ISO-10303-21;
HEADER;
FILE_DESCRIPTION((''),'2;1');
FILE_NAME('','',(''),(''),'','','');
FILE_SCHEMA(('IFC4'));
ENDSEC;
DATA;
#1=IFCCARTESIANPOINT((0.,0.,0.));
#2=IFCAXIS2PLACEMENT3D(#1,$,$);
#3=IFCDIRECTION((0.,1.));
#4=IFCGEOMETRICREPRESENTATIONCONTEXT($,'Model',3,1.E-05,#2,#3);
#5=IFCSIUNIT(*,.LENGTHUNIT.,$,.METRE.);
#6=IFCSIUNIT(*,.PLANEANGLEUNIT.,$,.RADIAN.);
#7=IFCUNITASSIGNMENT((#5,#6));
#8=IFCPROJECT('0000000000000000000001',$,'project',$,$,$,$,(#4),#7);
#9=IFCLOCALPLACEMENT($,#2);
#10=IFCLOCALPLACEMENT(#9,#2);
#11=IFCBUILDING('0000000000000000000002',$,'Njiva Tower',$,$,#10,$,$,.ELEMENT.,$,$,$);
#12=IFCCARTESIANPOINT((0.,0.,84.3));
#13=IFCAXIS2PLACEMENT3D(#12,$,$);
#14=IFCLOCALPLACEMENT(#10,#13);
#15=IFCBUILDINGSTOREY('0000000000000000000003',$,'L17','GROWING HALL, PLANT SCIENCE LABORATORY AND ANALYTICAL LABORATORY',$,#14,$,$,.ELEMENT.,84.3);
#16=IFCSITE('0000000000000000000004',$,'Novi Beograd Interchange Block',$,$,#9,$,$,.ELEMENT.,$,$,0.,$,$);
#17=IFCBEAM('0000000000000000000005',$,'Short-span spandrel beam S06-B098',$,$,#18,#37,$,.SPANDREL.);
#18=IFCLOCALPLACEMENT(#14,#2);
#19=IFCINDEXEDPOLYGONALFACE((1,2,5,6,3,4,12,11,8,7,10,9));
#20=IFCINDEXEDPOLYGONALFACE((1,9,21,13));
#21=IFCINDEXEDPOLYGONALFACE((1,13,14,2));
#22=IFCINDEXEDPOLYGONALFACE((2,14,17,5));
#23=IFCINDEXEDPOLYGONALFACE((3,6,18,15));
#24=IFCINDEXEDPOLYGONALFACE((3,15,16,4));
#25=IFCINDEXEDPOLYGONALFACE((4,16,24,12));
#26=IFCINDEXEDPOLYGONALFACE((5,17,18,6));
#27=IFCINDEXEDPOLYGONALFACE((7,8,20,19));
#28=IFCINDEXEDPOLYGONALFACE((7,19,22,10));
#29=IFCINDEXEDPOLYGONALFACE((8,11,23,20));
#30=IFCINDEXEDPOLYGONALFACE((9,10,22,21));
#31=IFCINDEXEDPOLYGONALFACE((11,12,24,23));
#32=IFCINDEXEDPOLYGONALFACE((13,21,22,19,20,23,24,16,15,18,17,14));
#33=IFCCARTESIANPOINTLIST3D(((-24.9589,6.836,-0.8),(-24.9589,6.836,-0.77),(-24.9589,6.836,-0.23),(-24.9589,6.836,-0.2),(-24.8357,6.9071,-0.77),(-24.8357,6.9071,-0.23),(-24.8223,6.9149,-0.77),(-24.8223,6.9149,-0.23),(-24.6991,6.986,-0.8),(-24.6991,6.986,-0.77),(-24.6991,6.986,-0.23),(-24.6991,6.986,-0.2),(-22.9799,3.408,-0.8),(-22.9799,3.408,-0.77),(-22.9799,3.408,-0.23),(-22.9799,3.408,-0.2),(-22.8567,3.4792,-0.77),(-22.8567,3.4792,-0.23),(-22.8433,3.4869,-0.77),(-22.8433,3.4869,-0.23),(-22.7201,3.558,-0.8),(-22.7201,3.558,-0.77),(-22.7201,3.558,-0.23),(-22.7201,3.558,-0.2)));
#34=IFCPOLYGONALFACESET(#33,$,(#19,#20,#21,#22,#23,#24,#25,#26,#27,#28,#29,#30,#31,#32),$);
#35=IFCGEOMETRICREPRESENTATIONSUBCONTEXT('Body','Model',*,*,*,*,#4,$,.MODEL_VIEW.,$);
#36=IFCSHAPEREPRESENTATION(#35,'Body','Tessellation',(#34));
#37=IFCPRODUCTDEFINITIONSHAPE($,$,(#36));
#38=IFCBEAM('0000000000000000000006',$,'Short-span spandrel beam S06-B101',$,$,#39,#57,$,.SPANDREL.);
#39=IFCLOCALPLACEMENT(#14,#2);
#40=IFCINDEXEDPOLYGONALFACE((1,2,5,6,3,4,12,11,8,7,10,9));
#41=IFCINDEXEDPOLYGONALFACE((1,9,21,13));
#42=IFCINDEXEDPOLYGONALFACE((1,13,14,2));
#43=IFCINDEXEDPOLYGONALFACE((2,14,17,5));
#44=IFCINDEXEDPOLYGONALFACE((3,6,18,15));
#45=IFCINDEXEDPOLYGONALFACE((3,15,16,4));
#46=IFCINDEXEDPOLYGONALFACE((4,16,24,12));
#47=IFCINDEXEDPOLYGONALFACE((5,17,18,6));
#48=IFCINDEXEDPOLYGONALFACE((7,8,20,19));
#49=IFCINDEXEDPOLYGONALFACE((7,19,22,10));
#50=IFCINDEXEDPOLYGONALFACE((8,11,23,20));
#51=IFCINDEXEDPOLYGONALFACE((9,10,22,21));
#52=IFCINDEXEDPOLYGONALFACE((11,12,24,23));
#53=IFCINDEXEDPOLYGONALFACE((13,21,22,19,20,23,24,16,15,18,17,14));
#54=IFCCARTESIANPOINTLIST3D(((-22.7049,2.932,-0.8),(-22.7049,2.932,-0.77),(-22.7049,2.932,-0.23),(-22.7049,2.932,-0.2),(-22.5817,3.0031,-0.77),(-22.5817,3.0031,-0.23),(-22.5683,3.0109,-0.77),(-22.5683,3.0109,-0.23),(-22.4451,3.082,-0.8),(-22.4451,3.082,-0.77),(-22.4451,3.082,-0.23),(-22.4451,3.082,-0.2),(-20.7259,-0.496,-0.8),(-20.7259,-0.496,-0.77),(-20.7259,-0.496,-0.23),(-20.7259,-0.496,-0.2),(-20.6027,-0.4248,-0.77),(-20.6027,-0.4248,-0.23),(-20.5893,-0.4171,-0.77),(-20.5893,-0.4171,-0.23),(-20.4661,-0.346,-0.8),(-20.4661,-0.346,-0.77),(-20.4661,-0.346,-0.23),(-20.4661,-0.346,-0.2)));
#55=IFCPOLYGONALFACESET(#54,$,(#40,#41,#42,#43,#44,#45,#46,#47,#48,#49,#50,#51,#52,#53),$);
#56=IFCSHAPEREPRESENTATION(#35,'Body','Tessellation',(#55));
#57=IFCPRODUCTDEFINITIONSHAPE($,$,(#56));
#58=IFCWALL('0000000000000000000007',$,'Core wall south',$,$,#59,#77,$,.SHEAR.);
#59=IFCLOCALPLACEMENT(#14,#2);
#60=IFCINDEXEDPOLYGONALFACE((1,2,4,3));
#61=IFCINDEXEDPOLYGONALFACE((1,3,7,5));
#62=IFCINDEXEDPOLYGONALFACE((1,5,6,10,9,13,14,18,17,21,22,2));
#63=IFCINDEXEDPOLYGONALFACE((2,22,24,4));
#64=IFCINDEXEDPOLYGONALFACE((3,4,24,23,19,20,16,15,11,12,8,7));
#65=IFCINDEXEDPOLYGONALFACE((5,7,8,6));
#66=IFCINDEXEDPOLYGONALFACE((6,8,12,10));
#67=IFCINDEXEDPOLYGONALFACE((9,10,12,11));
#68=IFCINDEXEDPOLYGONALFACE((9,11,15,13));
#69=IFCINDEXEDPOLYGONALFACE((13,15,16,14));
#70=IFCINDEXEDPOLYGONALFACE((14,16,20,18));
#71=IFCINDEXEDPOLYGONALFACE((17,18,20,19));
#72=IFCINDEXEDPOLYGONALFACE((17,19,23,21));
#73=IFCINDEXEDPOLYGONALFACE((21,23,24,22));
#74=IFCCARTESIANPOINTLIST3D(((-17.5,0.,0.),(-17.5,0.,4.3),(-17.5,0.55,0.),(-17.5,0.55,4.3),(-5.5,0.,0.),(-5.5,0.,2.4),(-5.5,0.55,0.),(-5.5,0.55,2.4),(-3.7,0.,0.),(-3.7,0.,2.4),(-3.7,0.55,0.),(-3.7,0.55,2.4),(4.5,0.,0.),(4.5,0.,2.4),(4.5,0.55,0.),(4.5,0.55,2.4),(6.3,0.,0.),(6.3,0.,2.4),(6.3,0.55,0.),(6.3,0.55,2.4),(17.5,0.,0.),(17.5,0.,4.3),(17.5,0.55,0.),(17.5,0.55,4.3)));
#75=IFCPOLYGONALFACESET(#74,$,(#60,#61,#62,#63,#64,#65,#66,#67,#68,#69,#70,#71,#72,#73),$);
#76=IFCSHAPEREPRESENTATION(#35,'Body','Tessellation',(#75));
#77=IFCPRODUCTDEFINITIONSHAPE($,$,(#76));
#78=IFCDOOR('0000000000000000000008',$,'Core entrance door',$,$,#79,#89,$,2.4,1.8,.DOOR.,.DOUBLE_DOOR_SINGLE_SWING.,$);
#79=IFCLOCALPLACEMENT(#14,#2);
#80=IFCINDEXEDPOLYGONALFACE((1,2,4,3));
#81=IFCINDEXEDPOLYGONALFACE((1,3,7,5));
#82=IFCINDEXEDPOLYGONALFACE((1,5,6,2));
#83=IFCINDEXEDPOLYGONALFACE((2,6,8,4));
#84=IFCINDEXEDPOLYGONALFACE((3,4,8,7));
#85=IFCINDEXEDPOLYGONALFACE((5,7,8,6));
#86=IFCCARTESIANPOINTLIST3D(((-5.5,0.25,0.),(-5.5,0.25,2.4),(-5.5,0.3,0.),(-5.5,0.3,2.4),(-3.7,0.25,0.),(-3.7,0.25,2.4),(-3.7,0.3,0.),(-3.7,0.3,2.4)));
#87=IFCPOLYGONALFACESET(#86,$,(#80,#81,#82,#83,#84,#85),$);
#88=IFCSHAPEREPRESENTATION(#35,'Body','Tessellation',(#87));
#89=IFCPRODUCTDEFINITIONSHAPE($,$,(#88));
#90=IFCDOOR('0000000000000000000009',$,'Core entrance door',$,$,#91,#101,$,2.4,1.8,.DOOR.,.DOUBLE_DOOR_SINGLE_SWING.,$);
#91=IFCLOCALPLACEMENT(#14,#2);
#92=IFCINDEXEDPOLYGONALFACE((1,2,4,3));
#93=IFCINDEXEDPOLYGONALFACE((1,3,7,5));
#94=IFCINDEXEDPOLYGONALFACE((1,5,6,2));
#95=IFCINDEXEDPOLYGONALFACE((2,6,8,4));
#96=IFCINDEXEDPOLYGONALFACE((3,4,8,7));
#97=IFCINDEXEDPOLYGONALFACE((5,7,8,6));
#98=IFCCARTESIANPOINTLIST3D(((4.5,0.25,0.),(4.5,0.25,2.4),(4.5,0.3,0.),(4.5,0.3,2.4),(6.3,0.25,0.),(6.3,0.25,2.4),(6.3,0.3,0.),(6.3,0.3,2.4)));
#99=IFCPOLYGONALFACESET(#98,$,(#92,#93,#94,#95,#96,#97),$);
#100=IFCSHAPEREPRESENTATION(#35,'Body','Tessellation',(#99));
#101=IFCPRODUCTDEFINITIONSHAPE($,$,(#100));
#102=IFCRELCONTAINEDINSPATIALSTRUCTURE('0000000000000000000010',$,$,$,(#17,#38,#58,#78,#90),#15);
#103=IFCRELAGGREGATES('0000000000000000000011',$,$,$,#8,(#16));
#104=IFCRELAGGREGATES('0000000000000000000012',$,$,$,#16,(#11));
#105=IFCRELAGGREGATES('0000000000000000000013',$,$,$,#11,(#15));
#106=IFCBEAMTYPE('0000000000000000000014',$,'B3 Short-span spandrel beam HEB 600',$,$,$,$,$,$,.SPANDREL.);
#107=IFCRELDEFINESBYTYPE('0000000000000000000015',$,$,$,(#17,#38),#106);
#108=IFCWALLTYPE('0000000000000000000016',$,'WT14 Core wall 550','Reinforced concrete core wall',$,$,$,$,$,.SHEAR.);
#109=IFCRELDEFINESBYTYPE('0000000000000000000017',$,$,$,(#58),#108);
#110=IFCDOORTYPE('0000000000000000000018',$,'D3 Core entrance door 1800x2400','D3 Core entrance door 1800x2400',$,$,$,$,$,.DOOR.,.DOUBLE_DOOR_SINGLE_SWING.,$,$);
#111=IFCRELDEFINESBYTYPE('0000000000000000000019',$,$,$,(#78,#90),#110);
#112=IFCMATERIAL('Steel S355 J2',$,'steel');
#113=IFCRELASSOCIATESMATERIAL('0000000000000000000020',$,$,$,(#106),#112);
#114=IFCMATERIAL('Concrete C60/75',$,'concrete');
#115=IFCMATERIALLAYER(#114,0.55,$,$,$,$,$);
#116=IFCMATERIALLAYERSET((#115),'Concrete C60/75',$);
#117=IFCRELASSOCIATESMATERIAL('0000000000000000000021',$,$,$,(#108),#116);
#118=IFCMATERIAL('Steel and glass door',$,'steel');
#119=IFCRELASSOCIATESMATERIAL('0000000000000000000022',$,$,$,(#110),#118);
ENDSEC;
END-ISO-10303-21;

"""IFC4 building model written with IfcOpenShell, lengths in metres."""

from ifc_helpers import new_model, si_unit, direction, frame, frame_2d, origin, origin_2d, place, context, subcontext, project, spatial, rectangle, i_section, extrude, material, layer, layer_set, material_profile, profile_set, type_object, element, fill, save


model = new_model("IFC4")

# Units and contexts
model_context = context("Model", 3, precision=1e-05, world=origin(), true_north=direction((0.0, 1.0)))
body_context = subcontext(model_context, "Body", "Model", "MODEL_VIEW")
ifc_project = project(units=[si_unit("LENGTHUNIT", "METRE"), si_unit("PLANEANGLEUNIT", "RADIAN")], contexts=[model_context])

# Site, building, storey
site_placement = place(None, origin())
site = spatial("IfcSite", under=ifc_project, at=site_placement, Name="Novi Beograd Interchange Block", CompositionType="ELEMENT", RefElevation=0.0)
building_placement = place(site_placement, origin())
building = spatial("IfcBuilding", under=site, at=building_placement, Name="Njiva Tower", CompositionType="ELEMENT")
storey_placement = place(building_placement, frame((0.0, 0.0, 84.3)))
storey = spatial("IfcBuildingStorey", under=building, at=storey_placement, Name="L17", Description="GROWING HALL, PLANT SCIENCE LABORATORY AND ANALYTICAL LABORATORY", CompositionType="ELEMENT", Elevation=84.3)

# Shared definitions
ifc_material_1 = material(Name="Steel S355 J2", Category="steel")

# Beams
ifc_material_profile_1 = material_profile(ifc_material_1, i_section(OverallWidth=0.3, OverallDepth=0.6, WebThickness=0.0155, FlangeThickness=0.03, at=origin_2d()), Name="HEB 600")
ifc_profile_set_1 = profile_set([ifc_material_profile_1], Name="Steel S355 J2")
beam_type_1 = type_object("IfcBeamType", Name="B3 Short-span spandrel beam HEB 600", PredefinedType="SPANDREL", material=ifc_profile_set_1)
for number, where, z_axis, x_axis, name in (
    (1, (-24.829, 6.911, -0.5), (0.49997, -0.866043, 0.0), (0.866043, 0.49997, 0.0), "Short-span spandrel beam S06-B098"),
    (2, (-22.575, 3.007, -0.5), (0.49997, -0.866043, 0.0), (0.866043, 0.49997, 0.0), "Short-span spandrel beam S06-B101"),
):
    element("IfcBeam", number, at=place(storey_placement, frame(where, z_axis=z_axis, x_axis=x_axis)), inside=storey, type_object=beam_type_1, Name=name, PredefinedType="SPANDREL", context=body_context, shape_type="SweptSolid", body=[
        extrude(i_section(OverallWidth=0.3, OverallDepth=0.6, WebThickness=0.0155, FlangeThickness=0.03, at=origin_2d()), origin(), (0.0, 0.0, 1.0), 3.9582),
    ])

# Wall, openings, doors
ifc_material_2 = material(Name="Concrete C60/75", Category="concrete")
ifc_layer_1 = layer(ifc_material_2, 0.55)
ifc_layer_set_1 = layer_set([ifc_layer_1], Name="Concrete C60/75")
wall_type_1 = type_object("IfcWallType", Name="WT14 Core wall 550", Description="Reinforced concrete core wall", PredefinedType="SHEAR", material=ifc_layer_set_1)
wall_1_placement = place(storey_placement, frame((-17.5, 0.275, 0.0), z_axis=(0.0, 0.0, 1.0), x_axis=(1.0, 0.0, 0.0)))
wall_1 = element("IfcWall", 3, at=wall_1_placement, inside=storey, type_object=wall_type_1, Name="Core wall south", PredefinedType="SHEAR", context=body_context, shape_type="SweptSolid", body=[
    extrude(rectangle(XDim=35.0, YDim=0.55, at=frame_2d((17.5, 0.0))), origin(), (0.0, 0.0, 1.0), 4.3),
])
opening_1_placement = place(wall_1_placement, frame((12.0, 0.0, 0.0)))
opening_1 = element("IfcOpeningElement", 4, at=opening_1_placement, cuts=wall_1, PredefinedType="OPENING", context=body_context, shape_type="SweptSolid", body=[
    extrude(rectangle(XDim=1.8, YDim=2.4, at=frame_2d((0.9, 1.2))), frame((0.0, 0.285, 0.0), z_axis=(0.0, -1.0, 0.0), x_axis=(1.0, 0.0, 0.0)), (0.0, 0.0, 1.0), 0.57),
])
opening_2_placement = place(wall_1_placement, frame((22.0, 0.0, 0.0)))
opening_2 = element("IfcOpeningElement", 5, at=opening_2_placement, cuts=wall_1, PredefinedType="OPENING", context=body_context, shape_type="SweptSolid", body=[
    extrude(rectangle(XDim=1.8, YDim=2.4, at=frame_2d((0.9, 1.2))), frame((0.0, 0.285, 0.0), z_axis=(0.0, -1.0, 0.0), x_axis=(1.0, 0.0, 0.0)), (0.0, 0.0, 1.0), 0.57),
])
ifc_material_3 = material(Name="Steel and glass door", Category="steel")
door_type_1 = type_object("IfcDoorType", Name="D3 Core entrance door 1800x2400", Description="D3 Core entrance door 1800x2400", OperationType="DOUBLE_DOOR_SINGLE_SWING", PredefinedType="DOOR", material=ifc_material_3)
door_1_placement = place(opening_1_placement, origin())
door_1 = element("IfcDoor", 6, at=door_1_placement, inside=storey, type_object=door_type_1, Name="Core entrance door", OperationType="DOUBLE_DOOR_SINGLE_SWING", OverallHeight=2.4, OverallWidth=1.8, PredefinedType="DOOR", context=body_context, shape_type="SweptSolid", body=[
    extrude(rectangle(XDim=1.8, YDim=2.4, at=frame_2d((0.9, 1.2))), frame((0.0, 0.025, 0.0), z_axis=(0.0, -1.0, 0.0), x_axis=(1.0, 0.0, 0.0)), (0.0, 0.0, 1.0), 0.05),
])
fill(opening_1, door_1)
door_2_placement = place(opening_2_placement, origin())
door_2 = element("IfcDoor", 7, at=door_2_placement, inside=storey, type_object=door_type_1, Name="Core entrance door", OperationType="DOUBLE_DOOR_SINGLE_SWING", OverallHeight=2.4, OverallWidth=1.8, PredefinedType="DOOR", context=body_context, shape_type="SweptSolid", body=[
    extrude(rectangle(XDim=1.8, YDim=2.4, at=frame_2d((0.9, 1.2))), frame((0.0, 0.025, 0.0), z_axis=(0.0, -1.0, 0.0), x_axis=(1.0, 0.0, 0.0)), (0.0, 0.0, 1.0), 0.05),
])
fill(opening_2, door_2)

save(model, "model.ifc")
